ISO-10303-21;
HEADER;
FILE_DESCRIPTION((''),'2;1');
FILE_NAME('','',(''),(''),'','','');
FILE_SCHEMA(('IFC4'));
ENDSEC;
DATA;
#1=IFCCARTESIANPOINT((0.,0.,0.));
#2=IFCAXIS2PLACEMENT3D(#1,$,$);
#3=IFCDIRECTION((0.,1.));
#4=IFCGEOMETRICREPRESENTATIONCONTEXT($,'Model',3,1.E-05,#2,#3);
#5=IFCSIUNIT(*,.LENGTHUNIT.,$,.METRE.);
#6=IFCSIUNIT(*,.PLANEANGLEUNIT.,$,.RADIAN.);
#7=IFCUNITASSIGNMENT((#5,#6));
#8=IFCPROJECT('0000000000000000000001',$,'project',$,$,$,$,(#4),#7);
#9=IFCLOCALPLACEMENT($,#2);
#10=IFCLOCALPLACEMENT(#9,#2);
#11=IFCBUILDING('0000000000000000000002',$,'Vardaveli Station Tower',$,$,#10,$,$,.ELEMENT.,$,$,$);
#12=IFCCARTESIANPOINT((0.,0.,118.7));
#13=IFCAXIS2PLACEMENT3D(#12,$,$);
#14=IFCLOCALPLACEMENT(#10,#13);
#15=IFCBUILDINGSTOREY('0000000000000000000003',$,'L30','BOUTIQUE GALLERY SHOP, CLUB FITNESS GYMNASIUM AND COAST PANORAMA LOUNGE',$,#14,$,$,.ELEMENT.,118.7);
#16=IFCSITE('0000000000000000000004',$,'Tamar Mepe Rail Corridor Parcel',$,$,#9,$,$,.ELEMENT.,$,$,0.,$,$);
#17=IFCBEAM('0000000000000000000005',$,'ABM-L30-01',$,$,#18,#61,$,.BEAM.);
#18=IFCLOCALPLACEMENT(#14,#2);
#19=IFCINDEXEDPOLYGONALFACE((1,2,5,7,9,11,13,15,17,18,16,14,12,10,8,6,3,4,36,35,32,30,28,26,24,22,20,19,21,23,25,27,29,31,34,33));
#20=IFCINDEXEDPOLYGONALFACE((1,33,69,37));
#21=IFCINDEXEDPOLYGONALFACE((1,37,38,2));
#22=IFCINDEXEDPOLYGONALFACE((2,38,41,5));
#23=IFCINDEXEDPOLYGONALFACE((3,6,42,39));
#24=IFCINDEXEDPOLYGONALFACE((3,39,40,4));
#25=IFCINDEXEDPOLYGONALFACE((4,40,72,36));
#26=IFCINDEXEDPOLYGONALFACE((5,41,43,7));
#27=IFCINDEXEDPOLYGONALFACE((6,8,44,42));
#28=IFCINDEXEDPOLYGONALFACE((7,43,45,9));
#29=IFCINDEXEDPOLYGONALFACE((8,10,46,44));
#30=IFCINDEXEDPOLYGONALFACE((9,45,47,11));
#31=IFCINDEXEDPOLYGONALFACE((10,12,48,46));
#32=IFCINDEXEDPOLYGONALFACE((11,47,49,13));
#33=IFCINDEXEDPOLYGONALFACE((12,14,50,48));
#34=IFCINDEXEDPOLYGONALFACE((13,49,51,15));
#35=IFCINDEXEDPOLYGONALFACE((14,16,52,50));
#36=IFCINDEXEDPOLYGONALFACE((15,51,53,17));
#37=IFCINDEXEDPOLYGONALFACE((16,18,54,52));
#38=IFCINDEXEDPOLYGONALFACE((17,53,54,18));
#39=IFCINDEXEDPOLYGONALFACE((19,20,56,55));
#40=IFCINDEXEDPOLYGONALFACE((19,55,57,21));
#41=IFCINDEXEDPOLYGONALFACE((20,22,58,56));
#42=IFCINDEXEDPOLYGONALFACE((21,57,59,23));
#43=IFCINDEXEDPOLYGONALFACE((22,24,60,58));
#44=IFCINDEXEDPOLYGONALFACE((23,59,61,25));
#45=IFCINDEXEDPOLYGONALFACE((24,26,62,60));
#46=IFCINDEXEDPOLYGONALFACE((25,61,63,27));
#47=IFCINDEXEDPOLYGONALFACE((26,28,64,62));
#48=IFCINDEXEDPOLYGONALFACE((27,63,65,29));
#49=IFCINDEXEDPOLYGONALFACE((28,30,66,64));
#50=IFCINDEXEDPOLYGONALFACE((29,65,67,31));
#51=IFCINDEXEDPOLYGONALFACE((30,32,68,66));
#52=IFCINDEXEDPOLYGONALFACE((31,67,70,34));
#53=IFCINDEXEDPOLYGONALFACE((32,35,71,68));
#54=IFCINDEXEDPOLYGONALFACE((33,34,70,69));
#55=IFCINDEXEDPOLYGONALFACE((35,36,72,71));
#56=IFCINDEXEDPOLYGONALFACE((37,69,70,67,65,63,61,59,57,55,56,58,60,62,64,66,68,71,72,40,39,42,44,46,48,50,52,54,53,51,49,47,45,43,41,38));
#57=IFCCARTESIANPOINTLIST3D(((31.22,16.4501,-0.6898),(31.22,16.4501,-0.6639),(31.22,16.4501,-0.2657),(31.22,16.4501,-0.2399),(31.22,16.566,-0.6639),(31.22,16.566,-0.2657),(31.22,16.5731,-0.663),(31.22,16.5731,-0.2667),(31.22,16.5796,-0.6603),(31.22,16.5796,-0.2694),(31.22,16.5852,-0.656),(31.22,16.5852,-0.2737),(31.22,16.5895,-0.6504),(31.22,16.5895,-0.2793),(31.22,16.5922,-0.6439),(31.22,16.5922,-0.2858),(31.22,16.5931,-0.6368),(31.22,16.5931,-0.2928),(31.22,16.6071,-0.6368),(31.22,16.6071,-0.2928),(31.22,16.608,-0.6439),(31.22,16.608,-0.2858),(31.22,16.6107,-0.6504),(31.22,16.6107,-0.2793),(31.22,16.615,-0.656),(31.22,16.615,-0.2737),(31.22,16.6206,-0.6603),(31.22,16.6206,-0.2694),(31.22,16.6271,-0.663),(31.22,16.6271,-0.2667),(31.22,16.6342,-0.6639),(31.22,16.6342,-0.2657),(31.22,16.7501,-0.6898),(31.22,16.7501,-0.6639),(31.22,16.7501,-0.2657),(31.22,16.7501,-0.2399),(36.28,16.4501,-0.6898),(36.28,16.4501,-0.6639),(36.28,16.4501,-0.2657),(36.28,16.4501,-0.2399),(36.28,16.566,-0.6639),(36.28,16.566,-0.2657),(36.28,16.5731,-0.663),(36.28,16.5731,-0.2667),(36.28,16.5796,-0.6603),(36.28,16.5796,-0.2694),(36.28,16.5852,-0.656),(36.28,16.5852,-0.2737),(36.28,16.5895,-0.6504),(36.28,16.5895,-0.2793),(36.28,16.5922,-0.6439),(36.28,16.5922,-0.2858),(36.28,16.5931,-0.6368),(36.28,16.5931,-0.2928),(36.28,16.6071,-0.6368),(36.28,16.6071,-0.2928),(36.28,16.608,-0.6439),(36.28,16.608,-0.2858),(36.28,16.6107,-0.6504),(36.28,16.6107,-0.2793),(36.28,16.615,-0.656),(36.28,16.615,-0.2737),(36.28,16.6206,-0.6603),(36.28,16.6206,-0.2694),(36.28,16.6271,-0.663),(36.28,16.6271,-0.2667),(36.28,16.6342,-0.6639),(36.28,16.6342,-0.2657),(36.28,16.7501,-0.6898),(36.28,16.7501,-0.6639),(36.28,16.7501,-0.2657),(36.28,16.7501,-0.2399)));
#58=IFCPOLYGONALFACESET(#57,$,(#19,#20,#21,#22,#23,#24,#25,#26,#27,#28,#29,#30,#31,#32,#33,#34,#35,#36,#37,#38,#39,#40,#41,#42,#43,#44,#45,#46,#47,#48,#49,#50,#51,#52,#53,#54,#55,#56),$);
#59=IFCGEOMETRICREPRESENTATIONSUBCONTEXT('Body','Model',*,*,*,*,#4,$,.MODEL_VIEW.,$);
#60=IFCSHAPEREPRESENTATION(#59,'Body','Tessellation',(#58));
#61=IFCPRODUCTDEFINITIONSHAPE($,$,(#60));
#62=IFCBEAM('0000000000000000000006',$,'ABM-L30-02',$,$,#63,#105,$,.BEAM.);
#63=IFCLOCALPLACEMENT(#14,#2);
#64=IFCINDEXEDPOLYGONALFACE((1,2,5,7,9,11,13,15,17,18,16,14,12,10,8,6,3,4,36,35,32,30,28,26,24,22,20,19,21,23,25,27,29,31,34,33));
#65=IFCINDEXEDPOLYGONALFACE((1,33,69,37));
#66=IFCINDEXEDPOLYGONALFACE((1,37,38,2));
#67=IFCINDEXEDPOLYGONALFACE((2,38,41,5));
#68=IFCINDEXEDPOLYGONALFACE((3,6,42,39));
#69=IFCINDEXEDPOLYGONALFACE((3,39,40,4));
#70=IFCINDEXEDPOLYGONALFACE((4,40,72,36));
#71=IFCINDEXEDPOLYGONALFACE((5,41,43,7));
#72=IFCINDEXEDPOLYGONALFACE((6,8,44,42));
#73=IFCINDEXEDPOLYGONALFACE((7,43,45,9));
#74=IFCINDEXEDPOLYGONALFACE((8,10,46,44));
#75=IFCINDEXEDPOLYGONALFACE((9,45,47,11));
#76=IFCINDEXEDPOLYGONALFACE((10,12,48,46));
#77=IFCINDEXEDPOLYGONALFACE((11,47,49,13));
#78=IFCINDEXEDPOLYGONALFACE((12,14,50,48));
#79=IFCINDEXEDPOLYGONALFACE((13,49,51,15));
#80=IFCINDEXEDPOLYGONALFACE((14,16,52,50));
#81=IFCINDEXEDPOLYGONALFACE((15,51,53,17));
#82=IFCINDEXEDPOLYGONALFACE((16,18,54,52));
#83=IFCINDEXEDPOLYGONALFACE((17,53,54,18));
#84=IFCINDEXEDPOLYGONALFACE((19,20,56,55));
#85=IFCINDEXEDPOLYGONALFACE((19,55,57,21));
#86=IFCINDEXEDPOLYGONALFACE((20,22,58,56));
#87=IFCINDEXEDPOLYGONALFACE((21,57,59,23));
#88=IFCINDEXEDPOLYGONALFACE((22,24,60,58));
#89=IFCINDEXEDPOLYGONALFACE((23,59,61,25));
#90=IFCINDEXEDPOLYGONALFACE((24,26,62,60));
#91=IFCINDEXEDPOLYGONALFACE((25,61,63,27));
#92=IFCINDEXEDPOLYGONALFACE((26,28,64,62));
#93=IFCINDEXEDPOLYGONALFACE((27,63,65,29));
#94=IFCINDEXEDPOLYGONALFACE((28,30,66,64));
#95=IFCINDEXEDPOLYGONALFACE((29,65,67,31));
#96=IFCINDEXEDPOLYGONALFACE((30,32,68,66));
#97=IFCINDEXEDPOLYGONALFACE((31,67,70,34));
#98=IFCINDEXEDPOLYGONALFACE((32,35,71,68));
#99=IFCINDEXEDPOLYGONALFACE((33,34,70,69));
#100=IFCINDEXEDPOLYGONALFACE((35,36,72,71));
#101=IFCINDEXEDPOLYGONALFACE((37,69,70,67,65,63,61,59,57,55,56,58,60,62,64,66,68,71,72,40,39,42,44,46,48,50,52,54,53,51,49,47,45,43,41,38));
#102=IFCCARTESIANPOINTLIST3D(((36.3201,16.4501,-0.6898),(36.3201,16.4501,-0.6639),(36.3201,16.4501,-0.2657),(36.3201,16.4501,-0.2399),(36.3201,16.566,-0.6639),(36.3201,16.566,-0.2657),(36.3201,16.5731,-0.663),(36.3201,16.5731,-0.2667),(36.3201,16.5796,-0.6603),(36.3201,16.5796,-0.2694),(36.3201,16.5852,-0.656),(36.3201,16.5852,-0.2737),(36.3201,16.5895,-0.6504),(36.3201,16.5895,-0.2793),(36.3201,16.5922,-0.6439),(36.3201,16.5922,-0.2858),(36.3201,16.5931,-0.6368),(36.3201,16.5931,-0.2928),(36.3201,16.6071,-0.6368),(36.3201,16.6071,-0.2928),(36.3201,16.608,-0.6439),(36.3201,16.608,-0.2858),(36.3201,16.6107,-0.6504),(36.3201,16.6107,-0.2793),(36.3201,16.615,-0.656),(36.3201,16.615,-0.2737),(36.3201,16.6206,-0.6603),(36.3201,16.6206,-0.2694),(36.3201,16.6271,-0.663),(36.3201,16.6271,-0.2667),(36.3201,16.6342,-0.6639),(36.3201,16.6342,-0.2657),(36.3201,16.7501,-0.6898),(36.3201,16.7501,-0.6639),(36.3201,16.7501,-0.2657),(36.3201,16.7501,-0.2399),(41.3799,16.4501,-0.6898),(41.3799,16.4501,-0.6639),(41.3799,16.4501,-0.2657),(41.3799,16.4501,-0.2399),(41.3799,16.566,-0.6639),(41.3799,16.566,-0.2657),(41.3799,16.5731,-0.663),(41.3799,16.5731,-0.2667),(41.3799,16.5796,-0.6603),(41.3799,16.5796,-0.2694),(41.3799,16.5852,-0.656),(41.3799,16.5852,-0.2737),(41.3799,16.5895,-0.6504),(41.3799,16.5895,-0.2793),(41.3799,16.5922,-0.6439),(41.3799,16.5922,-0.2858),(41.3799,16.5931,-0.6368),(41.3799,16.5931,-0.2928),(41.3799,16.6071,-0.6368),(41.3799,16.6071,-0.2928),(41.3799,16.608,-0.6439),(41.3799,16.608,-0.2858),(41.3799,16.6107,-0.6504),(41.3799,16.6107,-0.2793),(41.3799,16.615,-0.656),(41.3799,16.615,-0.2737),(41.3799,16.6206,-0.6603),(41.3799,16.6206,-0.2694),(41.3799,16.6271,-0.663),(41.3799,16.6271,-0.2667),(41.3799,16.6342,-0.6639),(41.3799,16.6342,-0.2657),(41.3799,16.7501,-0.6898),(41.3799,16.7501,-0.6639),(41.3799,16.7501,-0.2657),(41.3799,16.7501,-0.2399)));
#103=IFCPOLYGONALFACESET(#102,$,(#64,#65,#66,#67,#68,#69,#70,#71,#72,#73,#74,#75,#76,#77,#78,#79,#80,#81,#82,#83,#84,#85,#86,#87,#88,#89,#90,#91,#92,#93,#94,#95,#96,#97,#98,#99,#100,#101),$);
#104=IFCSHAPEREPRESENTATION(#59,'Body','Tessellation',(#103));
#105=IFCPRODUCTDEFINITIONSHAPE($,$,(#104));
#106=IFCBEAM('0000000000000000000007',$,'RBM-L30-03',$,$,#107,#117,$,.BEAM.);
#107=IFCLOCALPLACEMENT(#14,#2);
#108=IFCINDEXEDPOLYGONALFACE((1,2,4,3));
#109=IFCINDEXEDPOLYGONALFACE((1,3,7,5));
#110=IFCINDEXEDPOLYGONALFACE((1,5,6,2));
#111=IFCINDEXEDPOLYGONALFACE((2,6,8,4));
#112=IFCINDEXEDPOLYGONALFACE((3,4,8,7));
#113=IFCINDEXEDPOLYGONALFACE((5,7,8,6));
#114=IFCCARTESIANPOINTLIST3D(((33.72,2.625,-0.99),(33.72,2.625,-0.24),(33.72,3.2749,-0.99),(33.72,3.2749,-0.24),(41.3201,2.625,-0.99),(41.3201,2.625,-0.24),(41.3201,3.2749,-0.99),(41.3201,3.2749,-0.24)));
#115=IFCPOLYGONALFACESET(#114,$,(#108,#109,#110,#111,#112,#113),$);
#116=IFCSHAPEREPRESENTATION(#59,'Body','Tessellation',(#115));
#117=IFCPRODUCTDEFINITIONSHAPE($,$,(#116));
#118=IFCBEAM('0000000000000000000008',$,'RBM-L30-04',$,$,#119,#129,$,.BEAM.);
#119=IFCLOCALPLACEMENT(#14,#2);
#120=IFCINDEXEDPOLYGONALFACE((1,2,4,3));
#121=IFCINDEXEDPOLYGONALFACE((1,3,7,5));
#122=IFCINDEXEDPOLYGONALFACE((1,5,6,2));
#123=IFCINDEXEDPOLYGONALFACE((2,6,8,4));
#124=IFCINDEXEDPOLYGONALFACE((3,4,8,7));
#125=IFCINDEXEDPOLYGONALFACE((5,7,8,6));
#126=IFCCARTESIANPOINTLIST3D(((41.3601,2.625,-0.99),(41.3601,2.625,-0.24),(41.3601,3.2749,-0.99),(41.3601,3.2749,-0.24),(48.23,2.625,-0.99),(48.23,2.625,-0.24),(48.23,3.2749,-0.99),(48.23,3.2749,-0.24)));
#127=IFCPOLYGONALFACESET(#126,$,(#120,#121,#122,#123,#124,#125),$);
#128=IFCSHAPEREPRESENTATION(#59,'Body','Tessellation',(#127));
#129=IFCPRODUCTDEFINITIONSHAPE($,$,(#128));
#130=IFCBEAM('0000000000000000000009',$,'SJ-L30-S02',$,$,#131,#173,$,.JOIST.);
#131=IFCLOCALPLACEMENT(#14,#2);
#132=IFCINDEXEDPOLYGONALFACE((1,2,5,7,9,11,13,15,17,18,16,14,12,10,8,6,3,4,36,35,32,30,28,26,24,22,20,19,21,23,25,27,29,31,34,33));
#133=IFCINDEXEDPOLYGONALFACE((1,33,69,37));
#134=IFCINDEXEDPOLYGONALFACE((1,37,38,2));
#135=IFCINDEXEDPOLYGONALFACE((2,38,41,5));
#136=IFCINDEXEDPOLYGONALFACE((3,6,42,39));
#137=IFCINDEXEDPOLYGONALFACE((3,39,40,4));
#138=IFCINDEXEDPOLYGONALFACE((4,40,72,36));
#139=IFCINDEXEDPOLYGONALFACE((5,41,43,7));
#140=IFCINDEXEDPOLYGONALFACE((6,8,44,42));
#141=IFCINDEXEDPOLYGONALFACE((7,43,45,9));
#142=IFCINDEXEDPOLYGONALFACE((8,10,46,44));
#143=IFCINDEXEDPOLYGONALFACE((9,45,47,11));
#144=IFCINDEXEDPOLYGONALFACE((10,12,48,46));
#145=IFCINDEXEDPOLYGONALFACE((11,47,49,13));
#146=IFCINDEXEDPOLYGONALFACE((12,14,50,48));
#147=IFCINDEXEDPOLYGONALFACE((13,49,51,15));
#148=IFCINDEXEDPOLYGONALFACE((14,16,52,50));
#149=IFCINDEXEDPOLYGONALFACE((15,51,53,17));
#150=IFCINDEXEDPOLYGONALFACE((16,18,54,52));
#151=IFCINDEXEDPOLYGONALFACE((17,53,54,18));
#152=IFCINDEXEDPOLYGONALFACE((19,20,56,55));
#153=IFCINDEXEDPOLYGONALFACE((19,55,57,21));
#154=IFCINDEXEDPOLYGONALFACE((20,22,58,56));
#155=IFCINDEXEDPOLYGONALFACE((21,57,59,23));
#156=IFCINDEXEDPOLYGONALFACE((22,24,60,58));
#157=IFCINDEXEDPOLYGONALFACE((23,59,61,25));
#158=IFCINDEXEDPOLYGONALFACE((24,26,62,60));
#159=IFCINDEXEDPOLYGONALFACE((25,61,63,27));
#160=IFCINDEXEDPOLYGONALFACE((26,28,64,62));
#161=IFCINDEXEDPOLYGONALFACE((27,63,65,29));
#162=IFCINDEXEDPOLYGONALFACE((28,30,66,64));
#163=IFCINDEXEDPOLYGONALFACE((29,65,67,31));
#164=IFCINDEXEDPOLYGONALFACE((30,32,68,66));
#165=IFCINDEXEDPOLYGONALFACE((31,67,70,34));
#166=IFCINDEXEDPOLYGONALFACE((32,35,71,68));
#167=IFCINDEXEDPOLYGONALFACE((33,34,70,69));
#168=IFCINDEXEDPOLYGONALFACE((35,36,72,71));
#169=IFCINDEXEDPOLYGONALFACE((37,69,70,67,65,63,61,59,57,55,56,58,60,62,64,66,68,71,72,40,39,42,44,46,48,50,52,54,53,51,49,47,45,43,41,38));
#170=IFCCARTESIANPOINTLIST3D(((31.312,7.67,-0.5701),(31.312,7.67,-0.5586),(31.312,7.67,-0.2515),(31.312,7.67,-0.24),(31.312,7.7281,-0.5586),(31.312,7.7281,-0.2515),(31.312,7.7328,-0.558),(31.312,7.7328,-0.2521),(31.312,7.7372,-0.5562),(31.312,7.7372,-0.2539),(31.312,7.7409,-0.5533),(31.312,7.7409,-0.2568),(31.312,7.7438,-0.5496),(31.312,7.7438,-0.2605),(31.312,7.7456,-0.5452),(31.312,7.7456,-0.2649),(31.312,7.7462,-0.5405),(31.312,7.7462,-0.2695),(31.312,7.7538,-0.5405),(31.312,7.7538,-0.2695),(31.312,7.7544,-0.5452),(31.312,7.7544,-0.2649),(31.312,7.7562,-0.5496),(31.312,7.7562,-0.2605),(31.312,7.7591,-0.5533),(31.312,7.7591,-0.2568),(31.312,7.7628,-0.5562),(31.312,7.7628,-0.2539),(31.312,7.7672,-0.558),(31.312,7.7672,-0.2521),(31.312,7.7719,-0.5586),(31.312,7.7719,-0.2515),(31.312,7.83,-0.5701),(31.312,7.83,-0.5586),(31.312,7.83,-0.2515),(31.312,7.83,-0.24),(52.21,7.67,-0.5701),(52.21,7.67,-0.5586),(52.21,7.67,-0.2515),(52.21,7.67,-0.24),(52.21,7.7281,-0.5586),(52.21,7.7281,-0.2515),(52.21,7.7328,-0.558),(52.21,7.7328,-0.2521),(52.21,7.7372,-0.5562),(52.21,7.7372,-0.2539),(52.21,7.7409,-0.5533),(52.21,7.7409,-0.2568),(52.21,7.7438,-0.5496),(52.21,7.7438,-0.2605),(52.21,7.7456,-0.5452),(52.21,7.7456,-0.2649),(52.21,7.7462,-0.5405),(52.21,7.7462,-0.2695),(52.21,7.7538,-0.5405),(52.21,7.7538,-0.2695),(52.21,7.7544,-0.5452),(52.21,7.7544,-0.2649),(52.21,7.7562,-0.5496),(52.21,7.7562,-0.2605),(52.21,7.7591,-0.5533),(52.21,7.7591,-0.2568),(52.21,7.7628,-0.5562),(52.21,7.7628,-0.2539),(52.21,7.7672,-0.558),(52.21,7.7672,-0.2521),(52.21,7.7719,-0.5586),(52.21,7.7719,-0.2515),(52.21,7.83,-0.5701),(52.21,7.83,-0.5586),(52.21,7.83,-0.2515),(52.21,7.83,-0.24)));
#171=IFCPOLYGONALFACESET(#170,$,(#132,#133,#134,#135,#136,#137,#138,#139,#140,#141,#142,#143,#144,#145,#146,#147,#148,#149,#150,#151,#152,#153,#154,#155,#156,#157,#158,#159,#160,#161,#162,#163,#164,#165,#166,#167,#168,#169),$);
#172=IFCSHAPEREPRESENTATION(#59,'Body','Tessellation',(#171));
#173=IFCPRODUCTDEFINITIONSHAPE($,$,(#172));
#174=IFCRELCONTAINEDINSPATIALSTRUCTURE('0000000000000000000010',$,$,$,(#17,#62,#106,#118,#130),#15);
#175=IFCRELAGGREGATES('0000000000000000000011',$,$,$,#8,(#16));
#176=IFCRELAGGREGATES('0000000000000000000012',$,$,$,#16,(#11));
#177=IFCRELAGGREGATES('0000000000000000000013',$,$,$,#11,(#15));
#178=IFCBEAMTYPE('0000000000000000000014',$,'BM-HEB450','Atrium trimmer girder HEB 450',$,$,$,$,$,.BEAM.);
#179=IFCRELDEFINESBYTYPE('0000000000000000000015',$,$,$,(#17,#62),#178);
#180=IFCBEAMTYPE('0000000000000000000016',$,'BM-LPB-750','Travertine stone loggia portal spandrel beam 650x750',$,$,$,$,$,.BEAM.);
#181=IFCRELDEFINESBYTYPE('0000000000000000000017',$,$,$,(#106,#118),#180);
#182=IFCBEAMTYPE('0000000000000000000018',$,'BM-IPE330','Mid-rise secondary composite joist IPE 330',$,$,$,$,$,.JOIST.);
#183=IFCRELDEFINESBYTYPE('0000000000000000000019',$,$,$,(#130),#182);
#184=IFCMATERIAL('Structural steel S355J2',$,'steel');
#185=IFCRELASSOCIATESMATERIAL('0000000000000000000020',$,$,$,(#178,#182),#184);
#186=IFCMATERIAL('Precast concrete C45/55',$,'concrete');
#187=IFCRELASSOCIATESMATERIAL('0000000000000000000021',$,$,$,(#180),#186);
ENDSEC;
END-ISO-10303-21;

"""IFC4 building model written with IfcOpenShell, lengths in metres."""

from ifc_helpers import new_model, si_unit, direction, frame, origin, origin_2d, place, context, subcontext, project, spatial, rectangle, i_section, extrude, source, transform, mapped, material, material_profile, profile_set, type_object, element, save


model = new_model("IFC4")

# Units and contexts
model_context = context("Model", 3, precision=1e-05, world=origin(), true_north=direction((0.0, 1.0)))
body_context = subcontext(model_context, "Body", "Model", "MODEL_VIEW")
ifc_project = project(units=[si_unit("LENGTHUNIT", "METRE"), si_unit("PLANEANGLEUNIT", "RADIAN")], contexts=[model_context])

# Site, building, storey
site_placement = place(None, origin())
site = spatial("IfcSite", under=ifc_project, at=site_placement, Name="Tamar Mepe Rail Corridor Parcel", CompositionType="ELEMENT", RefElevation=0.0)
building_placement = place(site_placement, origin())
building = spatial("IfcBuilding", under=site, at=building_placement, Name="Vardaveli Station Tower", CompositionType="ELEMENT")
storey_placement = place(building_placement, frame((0.0, 0.0, 118.7)))
storey = spatial("IfcBuildingStorey", under=building, at=storey_placement, Name="L30", Description="BOUTIQUE GALLERY SHOP, CLUB FITNESS GYMNASIUM AND COAST PANORAMA LOUNGE", CompositionType="ELEMENT", Elevation=118.7)

# Beams
ifc_material_1 = material(Name="Structural steel S355J2", Category="steel")
ifc_material_profile_1 = material_profile(ifc_material_1, i_section(OverallWidth=0.3, OverallDepth=0.45, WebThickness=0.0139, FlangeThickness=0.0259, FilletRadius=0.0271, at=origin_2d()), Name="HEB 450")
ifc_profile_set_1 = profile_set([ifc_material_profile_1], Name="Structural steel S355J2")
beam_type_1 = type_object("IfcBeamType", Name="BM-HEB450", Description="Atrium trimmer girder HEB 450", PredefinedType="BEAM", material=ifc_profile_set_1)
shared_shape_1 = source(origin(), body_context, "Body", "SweptSolid", [
    extrude(i_section(OverallWidth=0.3, OverallDepth=0.45, WebThickness=0.0139, FlangeThickness=0.0259, FilletRadius=0.0271, at=origin_2d()), origin(), (0.0, 0.0, 1.0), 5.0601),
])
beam_1_placement = place(storey_placement, frame((31.22, 16.6001, -0.4648), z_axis=(1.0, 0.0, 0.0), x_axis=(0.0, 1.0, 0.0)))
element("IfcBeam", 1, at=beam_1_placement, inside=storey, type_object=beam_type_1, Name="ABM-L30-01", PredefinedType="BEAM", context=body_context, shape_type="MappedRepresentation", body=[
    mapped(shared_shape_1, transform((0.0, 0.0, 0.0), scale=1.0)),
])
shared_shape_2 = source(origin(), body_context, "Body", "SweptSolid", [
    extrude(i_section(OverallWidth=0.3, OverallDepth=0.45, WebThickness=0.0139, FlangeThickness=0.0259, FilletRadius=0.0271, at=origin_2d()), origin(), (0.0, 0.0, 1.0), 5.0598),
])
beam_2_placement = place(storey_placement, frame((36.3201, 16.6001, -0.4648), z_axis=(1.0, 0.0, 0.0), x_axis=(0.0, 1.0, 0.0)))
element("IfcBeam", 2, at=beam_2_placement, inside=storey, type_object=beam_type_1, Name="ABM-L30-02", PredefinedType="BEAM", context=body_context, shape_type="MappedRepresentation", body=[
    mapped(shared_shape_2, transform((0.0, 0.0, 0.0), scale=1.0)),
])
ifc_material_2 = material(Name="Precast concrete C45/55", Category="concrete")
ifc_material_profile_2 = material_profile(ifc_material_2, rectangle(XDim=0.6499, YDim=0.75, at=origin_2d()), Name="LPB 650x750")
ifc_profile_set_2 = profile_set([ifc_material_profile_2], Name="Precast concrete C45/55")
beam_type_2 = type_object("IfcBeamType", Name="BM-LPB-750", Description="Travertine stone loggia portal spandrel beam 650x750", PredefinedType="BEAM", material=ifc_profile_set_2)
shared_shape_3 = source(origin(), body_context, "Body", "SweptSolid", [
    extrude(rectangle(XDim=0.6499, YDim=0.75, at=origin_2d()), origin(), (0.0, 0.0, 1.0), 7.6001),
])
beam_3_placement = place(storey_placement, frame((33.72, 2.95, -0.615), z_axis=(1.0, 0.0, 0.0), x_axis=(0.0, 1.0, 0.0)))
element("IfcBeam", 3, at=beam_3_placement, inside=storey, type_object=beam_type_2, Name="RBM-L30-03", PredefinedType="BEAM", context=body_context, shape_type="MappedRepresentation", body=[
    mapped(shared_shape_3, transform((0.0, 0.0, 0.0), scale=1.0)),
])
shared_shape_4 = source(origin(), body_context, "Body", "SweptSolid", [
    extrude(rectangle(XDim=0.6499, YDim=0.75, at=origin_2d()), origin(), (0.0, 0.0, 1.0), 6.8699),
])
beam_4_placement = place(storey_placement, frame((41.3601, 2.95, -0.615), z_axis=(1.0, 0.0, 0.0), x_axis=(0.0, 1.0, 0.0)))
element("IfcBeam", 4, at=beam_4_placement, inside=storey, type_object=beam_type_2, Name="RBM-L30-04", PredefinedType="BEAM", context=body_context, shape_type="MappedRepresentation", body=[
    mapped(shared_shape_4, transform((0.0, 0.0, 0.0), scale=1.0)),
])
ifc_material_profile_3 = material_profile(ifc_material_1, i_section(OverallWidth=0.1599, OverallDepth=0.3301, WebThickness=0.0076, FlangeThickness=0.0115, FilletRadius=0.0181, at=origin_2d()), Name="IPE 330")
ifc_profile_set_3 = profile_set([ifc_material_profile_3], Name="Structural steel S355J2")
beam_type_3 = type_object("IfcBeamType", Name="BM-IPE330", Description="Mid-rise secondary composite joist IPE 330", PredefinedType="JOIST", material=ifc_profile_set_3)
shared_shape_5 = source(origin(), body_context, "Body", "SweptSolid", [
    extrude(i_section(OverallWidth=0.1599, OverallDepth=0.3301, WebThickness=0.0076, FlangeThickness=0.0115, FilletRadius=0.0181, at=origin_2d()), origin(), (0.0, 0.0, 1.0), 20.8979),
])
for number, where, z_axis, x_axis, name in (
    (5, (31.312, 7.75, -0.405), (1.0, 0.0, 0.0), (0.0, 1.0, 0.0), "SJ-L30-S02"),
):
    element("IfcBeam", number, at=place(storey_placement, frame(where, z_axis=z_axis, x_axis=x_axis)), inside=storey, type_object=beam_type_3, Name=name, PredefinedType="JOIST", context=body_context, shape_type="MappedRepresentation", body=[
        mapped(shared_shape_5, transform((0.0, 0.0, 0.0), scale=1.0)),
    ])

save(model, "model.ifc")
